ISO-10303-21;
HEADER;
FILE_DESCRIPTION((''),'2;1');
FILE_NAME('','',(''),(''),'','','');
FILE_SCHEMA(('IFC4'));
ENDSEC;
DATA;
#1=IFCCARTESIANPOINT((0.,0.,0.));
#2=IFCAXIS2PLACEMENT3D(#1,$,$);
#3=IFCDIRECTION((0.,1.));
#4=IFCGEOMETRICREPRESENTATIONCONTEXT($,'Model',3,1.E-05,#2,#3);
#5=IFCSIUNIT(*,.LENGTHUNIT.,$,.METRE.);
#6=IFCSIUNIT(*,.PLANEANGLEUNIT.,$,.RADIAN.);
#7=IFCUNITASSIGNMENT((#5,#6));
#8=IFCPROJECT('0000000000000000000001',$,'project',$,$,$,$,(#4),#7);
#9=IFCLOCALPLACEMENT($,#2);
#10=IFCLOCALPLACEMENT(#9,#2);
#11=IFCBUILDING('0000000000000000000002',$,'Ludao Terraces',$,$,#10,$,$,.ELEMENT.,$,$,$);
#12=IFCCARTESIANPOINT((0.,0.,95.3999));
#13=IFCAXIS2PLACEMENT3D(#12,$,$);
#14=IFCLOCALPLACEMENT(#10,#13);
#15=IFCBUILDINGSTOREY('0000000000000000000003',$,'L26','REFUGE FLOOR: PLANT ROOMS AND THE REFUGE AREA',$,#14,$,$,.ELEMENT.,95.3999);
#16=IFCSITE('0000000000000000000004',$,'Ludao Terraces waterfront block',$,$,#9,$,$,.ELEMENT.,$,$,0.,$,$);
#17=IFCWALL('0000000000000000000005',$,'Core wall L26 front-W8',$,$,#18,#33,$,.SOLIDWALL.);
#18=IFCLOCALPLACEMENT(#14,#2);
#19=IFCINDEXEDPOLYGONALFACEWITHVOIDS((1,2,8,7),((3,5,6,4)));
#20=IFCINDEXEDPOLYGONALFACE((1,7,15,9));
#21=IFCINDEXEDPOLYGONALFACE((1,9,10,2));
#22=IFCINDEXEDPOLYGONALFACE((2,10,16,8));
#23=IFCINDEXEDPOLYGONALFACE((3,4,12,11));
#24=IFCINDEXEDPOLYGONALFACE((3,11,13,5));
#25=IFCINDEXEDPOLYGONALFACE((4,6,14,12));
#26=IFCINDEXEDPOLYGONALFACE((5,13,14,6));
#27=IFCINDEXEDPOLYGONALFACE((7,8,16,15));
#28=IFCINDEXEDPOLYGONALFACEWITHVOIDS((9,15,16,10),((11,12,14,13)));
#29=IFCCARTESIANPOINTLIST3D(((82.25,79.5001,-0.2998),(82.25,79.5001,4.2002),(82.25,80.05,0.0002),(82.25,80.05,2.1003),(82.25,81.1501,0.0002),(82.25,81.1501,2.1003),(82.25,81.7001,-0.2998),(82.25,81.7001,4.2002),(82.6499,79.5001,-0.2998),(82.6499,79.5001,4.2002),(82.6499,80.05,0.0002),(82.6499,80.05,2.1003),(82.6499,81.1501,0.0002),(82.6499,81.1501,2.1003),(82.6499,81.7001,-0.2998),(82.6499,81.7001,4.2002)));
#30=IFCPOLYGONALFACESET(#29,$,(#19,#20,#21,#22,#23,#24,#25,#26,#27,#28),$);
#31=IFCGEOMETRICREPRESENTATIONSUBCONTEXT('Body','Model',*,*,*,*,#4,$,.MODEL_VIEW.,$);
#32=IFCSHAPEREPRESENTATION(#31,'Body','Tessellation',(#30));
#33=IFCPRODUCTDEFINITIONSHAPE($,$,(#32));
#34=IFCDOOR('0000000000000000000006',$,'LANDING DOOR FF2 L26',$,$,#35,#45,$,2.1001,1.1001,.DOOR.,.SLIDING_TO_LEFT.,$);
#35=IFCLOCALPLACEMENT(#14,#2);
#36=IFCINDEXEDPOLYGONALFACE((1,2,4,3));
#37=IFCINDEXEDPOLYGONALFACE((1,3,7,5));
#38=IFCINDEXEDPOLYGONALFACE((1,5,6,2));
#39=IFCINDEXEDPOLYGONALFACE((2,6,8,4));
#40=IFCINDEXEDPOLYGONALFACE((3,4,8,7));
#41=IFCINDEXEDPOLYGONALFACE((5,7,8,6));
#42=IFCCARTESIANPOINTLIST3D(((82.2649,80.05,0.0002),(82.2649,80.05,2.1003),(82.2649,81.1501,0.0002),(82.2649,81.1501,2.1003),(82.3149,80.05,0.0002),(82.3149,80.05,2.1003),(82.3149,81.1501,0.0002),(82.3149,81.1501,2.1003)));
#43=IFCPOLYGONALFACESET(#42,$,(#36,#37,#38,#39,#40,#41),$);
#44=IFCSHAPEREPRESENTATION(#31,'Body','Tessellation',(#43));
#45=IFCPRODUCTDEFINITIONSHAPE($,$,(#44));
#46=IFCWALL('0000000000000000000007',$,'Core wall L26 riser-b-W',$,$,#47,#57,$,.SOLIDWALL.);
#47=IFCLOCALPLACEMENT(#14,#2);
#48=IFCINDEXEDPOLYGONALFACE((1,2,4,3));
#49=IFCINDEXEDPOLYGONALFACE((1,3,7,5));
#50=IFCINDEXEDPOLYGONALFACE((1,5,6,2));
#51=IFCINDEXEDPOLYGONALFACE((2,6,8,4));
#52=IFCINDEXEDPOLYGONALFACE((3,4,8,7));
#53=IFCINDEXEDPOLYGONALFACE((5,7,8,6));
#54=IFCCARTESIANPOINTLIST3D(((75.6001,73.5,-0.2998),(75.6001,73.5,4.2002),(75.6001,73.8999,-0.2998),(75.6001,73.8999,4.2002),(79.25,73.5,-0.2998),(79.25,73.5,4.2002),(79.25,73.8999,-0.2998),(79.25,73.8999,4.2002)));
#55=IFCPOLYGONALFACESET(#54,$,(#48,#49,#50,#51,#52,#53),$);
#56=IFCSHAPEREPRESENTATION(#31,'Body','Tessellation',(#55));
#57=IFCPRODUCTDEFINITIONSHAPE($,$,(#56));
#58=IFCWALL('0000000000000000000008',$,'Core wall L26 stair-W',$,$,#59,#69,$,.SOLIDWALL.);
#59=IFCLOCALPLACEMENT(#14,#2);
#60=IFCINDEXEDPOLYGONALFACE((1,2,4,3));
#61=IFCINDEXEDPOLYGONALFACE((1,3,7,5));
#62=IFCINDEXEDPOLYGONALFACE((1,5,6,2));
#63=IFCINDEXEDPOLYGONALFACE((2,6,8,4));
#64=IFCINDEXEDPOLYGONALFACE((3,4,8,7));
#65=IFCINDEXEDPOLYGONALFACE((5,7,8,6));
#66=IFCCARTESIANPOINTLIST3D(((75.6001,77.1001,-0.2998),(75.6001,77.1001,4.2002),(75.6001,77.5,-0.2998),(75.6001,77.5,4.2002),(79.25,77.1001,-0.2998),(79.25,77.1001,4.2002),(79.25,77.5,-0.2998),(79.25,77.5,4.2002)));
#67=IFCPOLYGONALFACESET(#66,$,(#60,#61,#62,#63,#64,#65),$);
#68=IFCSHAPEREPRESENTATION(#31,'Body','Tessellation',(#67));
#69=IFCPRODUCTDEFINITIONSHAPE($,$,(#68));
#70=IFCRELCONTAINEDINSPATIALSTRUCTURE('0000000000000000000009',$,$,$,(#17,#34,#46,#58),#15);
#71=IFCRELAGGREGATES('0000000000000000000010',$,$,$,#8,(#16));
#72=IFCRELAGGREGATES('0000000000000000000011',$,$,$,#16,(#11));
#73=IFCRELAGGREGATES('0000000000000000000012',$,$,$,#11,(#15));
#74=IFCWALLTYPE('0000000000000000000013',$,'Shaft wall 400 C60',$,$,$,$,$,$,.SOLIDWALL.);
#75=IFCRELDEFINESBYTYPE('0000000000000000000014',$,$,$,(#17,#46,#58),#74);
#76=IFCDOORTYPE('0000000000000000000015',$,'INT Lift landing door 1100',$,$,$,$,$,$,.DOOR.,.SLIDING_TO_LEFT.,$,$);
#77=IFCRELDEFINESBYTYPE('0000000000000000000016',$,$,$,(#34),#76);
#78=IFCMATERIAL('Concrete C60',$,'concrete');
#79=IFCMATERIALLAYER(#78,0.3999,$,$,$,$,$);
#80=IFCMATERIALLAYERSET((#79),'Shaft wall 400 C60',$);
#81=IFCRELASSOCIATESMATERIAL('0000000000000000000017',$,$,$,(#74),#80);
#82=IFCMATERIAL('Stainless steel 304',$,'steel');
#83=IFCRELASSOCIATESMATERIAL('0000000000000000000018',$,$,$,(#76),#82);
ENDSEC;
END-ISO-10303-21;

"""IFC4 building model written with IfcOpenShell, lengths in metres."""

from ifc_helpers import new_model, si_unit, direction, frame, frame_2d, origin, place, context, subcontext, project, spatial, rectangle, extrude, material, layer, layer_set, type_object, element, fill, save


model = new_model("IFC4")

# Units and contexts
model_context = context("Model", 3, precision=1e-05, world=origin(), true_north=direction((0.0, 1.0)))
body_context = subcontext(model_context, "Body", "Model", "MODEL_VIEW")
ifc_project = project(units=[si_unit("LENGTHUNIT", "METRE"), si_unit("PLANEANGLEUNIT", "RADIAN")], contexts=[model_context])

# Site, building, storey
site_placement = place(None, origin())
site = spatial("IfcSite", under=ifc_project, at=site_placement, Name="Ludao Terraces waterfront block", CompositionType="ELEMENT", RefElevation=0.0)
building_placement = place(site_placement, origin())
building = spatial("IfcBuilding", under=site, at=building_placement, Name="Ludao Terraces", CompositionType="ELEMENT")
storey_placement = place(building_placement, frame((0.0, 0.0, 95.3999)))
storey = spatial("IfcBuildingStorey", under=building, at=storey_placement, Name="L26", Description="REFUGE FLOOR: PLANT ROOMS AND THE REFUGE AREA", CompositionType="ELEMENT", Elevation=95.3999)

# Shared definitions
ifc_material_1 = material(Name="Concrete C60", Category="concrete")
ifc_layer_1 = layer(ifc_material_1, 0.3999)
ifc_layer_set_1 = layer_set([ifc_layer_1], Name="Shaft wall 400 C60")
wall_type_1 = type_object("IfcWallType", Name="Shaft wall 400 C60", PredefinedType="SOLIDWALL", material=ifc_layer_set_1)

# Shared definitions
ifc_material_2 = material(Name="Stainless steel 304", Category="steel")
door_type_1 = type_object("IfcDoorType", Name="INT Lift landing door 1100", OperationType="SLIDING_TO_LEFT", PredefinedType="DOOR", material=ifc_material_2)

# Wall, opening, door
wall_1_placement = place(storey_placement, frame((82.45, 79.5, -0.2998), z_axis=(0.0, 0.0, 1.0), x_axis=(0.0, 1.0, 0.0)))
wall_1 = element("IfcWall", 1, at=wall_1_placement, inside=storey, type_object=wall_type_1, Name="Core wall L26 front-W8", PredefinedType="SOLIDWALL", context=body_context, shape_type="SweptSolid", body=[
    extrude(rectangle(XDim=2.2, YDim=0.3999, at=frame_2d((1.1001, 0.0))), origin(), (0.0, 0.0, 1.0), 4.5),
])
opening_1_placement = place(wall_1_placement, frame((0.55, 0.0, 0.3)))
opening_1 = element("IfcOpeningElement", 2, at=opening_1_placement, cuts=wall_1, PredefinedType="OPENING", context=body_context, shape_type="SweptSolid", body=[
    extrude(rectangle(XDim=1.1001, YDim=2.1001, at=frame_2d((0.55, 1.05))), frame((0.0, 0.21, 0.0), z_axis=(0.0, -1.0, 0.0), x_axis=(1.0, 0.0, 0.0)), (0.0, 0.0, 1.0), 0.4199),
])
door_1_placement = place(opening_1_placement, origin())
door_1 = element("IfcDoor", 3, at=door_1_placement, inside=storey, type_object=door_type_1, Name="LANDING DOOR FF2 L26", OperationType="SLIDING_TO_LEFT", OverallHeight=2.1001, OverallWidth=1.1001, PredefinedType="DOOR", context=body_context, shape_type="SweptSolid", body=[
    extrude(rectangle(XDim=1.1001, YDim=2.1001, at=frame_2d((0.55, 1.05))), frame((0.0, 0.1851, 0.0), z_axis=(0.0, -1.0, 0.0), x_axis=(1.0, 0.0, 0.0)), (0.0, 0.0, 1.0), 0.05),
])
fill(opening_1, door_1)

# Walls
for number, where, z_axis, x_axis, name in (
    (4, (75.6001, 73.7, -0.2998), (0.0, 0.0, 1.0), (1.0, 0.0, 0.0), "Core wall L26 riser-b-W"),
    (5, (75.6001, 77.3, -0.2998), (0.0, 0.0, 1.0), (1.0, 0.0, 0.0), "Core wall L26 stair-W"),
):
    element("IfcWall", number, at=place(storey_placement, frame(where, z_axis=z_axis, x_axis=x_axis)), inside=storey, type_object=wall_type_1, Name=name, PredefinedType="SOLIDWALL", context=body_context, shape_type="SweptSolid", body=[
        extrude(rectangle(XDim=3.6499, YDim=0.3999, at=frame_2d((1.825, 0.0))), origin(), (0.0, 0.0, 1.0), 4.5),
    ])

save(model, "model.ifc")
